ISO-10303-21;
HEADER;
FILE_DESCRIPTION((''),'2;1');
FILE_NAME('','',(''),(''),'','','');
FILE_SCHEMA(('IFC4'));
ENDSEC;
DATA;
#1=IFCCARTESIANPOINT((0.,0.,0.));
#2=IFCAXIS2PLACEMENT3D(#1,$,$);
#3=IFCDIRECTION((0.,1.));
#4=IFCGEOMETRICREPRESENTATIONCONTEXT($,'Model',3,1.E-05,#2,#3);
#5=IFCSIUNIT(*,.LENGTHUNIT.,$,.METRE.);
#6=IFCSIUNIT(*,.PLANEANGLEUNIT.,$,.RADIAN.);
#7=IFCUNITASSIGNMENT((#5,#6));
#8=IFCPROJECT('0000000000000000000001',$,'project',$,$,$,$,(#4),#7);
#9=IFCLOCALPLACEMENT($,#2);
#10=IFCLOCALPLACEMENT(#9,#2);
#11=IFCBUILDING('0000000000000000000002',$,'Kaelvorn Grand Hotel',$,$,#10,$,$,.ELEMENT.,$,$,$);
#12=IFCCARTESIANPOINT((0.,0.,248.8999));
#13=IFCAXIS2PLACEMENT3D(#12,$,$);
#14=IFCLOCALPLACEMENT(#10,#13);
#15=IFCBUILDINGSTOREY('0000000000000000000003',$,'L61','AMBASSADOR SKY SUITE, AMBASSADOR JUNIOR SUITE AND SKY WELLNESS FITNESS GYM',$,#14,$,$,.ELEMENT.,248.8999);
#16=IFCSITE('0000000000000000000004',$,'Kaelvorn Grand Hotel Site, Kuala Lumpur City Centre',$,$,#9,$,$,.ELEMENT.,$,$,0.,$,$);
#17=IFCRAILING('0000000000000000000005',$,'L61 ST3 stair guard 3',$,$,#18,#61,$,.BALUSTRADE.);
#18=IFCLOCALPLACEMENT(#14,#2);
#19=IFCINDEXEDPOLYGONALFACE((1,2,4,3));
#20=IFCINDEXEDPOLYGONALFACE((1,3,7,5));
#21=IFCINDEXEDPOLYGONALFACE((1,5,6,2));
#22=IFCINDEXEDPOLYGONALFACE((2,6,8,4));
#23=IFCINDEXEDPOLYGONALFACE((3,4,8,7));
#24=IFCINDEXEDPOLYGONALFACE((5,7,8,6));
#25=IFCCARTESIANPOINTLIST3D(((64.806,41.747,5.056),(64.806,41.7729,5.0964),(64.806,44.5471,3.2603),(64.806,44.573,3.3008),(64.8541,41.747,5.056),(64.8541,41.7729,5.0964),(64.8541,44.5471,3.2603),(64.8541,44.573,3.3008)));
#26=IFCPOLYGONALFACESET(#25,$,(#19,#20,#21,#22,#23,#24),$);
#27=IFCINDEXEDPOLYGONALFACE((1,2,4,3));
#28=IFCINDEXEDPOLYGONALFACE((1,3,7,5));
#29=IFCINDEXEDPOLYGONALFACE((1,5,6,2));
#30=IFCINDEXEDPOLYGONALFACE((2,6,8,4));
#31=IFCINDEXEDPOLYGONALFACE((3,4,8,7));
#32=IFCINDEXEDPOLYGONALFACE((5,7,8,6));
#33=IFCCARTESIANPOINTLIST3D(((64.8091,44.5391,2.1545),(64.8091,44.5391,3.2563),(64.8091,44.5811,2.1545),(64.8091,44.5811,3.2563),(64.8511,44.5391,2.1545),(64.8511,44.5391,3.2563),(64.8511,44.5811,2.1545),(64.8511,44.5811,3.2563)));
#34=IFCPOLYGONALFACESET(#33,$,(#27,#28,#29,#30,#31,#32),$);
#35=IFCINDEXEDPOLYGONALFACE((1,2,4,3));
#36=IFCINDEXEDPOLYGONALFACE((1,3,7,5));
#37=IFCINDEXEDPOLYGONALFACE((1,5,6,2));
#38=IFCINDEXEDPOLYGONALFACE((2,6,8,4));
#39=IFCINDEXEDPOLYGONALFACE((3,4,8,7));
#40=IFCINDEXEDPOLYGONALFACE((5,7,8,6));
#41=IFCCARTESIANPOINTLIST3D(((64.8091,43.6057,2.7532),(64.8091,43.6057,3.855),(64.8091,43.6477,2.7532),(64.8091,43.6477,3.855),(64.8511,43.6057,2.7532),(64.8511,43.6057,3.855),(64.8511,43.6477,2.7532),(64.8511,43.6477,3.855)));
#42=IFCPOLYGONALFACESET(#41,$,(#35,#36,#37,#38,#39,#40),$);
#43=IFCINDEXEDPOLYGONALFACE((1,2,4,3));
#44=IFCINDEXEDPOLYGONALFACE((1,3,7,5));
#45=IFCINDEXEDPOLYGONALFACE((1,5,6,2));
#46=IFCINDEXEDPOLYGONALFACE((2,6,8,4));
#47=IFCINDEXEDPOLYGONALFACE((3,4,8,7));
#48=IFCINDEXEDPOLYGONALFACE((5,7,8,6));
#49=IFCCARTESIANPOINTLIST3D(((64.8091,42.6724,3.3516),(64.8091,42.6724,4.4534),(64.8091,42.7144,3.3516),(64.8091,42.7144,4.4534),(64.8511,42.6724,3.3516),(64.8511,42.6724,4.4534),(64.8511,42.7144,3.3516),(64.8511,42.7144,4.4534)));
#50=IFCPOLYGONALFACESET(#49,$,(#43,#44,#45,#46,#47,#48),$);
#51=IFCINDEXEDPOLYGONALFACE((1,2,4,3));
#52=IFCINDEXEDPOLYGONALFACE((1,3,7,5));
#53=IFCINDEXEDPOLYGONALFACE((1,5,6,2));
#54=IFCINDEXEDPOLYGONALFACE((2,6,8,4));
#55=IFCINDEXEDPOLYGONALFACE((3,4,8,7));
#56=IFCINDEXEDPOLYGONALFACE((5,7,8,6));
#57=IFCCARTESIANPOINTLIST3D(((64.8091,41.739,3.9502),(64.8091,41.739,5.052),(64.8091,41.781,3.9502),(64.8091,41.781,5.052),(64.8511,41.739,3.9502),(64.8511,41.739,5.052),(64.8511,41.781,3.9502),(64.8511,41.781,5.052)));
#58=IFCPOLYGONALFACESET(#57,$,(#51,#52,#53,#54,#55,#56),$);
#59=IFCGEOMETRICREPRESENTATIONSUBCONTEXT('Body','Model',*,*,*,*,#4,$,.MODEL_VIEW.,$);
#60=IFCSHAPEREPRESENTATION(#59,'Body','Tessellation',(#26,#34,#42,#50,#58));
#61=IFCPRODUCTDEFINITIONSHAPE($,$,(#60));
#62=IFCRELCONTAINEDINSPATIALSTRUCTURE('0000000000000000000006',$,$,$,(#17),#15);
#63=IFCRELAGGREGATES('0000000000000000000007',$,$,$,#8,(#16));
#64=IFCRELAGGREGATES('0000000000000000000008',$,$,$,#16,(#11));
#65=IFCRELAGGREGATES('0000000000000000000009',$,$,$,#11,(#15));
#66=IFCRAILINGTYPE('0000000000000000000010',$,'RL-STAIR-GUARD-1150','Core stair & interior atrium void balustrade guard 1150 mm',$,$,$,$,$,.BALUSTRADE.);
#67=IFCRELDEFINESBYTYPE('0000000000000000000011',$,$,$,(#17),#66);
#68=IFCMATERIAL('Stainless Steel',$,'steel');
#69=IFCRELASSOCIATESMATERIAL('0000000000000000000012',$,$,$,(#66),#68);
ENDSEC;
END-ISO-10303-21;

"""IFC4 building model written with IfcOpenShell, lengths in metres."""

from ifc_helpers import new_model, si_unit, direction, frame, origin, origin_2d, place, context, subcontext, project, spatial, rectangle, extrude, material, type_object, element, save


model = new_model("IFC4")

# Units and contexts
model_context = context("Model", 3, precision=1e-05, world=origin(), true_north=direction((0.0, 1.0)))
body_context = subcontext(model_context, "Body", "Model", "MODEL_VIEW")
ifc_project = project(units=[si_unit("LENGTHUNIT", "METRE"), si_unit("PLANEANGLEUNIT", "RADIAN")], contexts=[model_context])

# Site, building, storey
site_placement = place(None, origin())
site = spatial("IfcSite", under=ifc_project, at=site_placement, Name="Kaelvorn Grand Hotel Site, Kuala Lumpur City Centre", CompositionType="ELEMENT", RefElevation=0.0)
building_placement = place(site_placement, origin())
building = spatial("IfcBuilding", under=site, at=building_placement, Name="Kaelvorn Grand Hotel", CompositionType="ELEMENT")
storey_placement = place(building_placement, frame((0.0, 0.0, 248.8999)))
storey = spatial("IfcBuildingStorey", under=building, at=storey_placement, Name="L61", Description="AMBASSADOR SKY SUITE, AMBASSADOR JUNIOR SUITE AND SKY WELLNESS FITNESS GYM", CompositionType="ELEMENT", Elevation=248.8999)

# Shared definitions
ifc_material_1 = material(Name="Stainless Steel", Category="steel")

# Railing
railing_type_1 = type_object("IfcRailingType", Name="RL-STAIR-GUARD-1150", Description="Core stair & interior atrium void balustrade guard 1150 mm", PredefinedType="BALUSTRADE", material=ifc_material_1)
railing_1_placement = place(storey_placement, frame((64.8301, 44.5601, 2.1545)))
element("IfcRailing", 1, at=railing_1_placement, inside=storey, type_object=railing_type_1, Name="L61 ST3 stair guard 3", PredefinedType="BALUSTRADE", context=body_context, shape_type="SweptSolid", body=[
    extrude(rectangle(XDim=0.0481, YDim=0.0481, at=origin_2d()), frame((0.0, 0.0, 1.126), z_axis=(0.0, -0.841777, 0.539826), x_axis=(1.0, 0.0, 0.0)), (0.0, 0.0, 1.0), 3.3264),
    extrude(rectangle(XDim=0.042, YDim=0.042, at=origin_2d()), origin(), (0.0, 0.0, 1.0), 1.1018),
    extrude(rectangle(XDim=0.042, YDim=0.042, at=origin_2d()), frame((0.0, -0.9333, 0.5986)), (0.0, 0.0, 1.0), 1.1018),
    extrude(rectangle(XDim=0.042, YDim=0.042, at=origin_2d()), frame((0.0, -1.8667, 1.197)), (0.0, 0.0, 1.0), 1.1018),
    extrude(rectangle(XDim=0.042, YDim=0.042, at=origin_2d()), frame((0.0, -2.8, 1.7957)), (0.0, 0.0, 1.0), 1.1018),
])

save(model, "model.ifc")
